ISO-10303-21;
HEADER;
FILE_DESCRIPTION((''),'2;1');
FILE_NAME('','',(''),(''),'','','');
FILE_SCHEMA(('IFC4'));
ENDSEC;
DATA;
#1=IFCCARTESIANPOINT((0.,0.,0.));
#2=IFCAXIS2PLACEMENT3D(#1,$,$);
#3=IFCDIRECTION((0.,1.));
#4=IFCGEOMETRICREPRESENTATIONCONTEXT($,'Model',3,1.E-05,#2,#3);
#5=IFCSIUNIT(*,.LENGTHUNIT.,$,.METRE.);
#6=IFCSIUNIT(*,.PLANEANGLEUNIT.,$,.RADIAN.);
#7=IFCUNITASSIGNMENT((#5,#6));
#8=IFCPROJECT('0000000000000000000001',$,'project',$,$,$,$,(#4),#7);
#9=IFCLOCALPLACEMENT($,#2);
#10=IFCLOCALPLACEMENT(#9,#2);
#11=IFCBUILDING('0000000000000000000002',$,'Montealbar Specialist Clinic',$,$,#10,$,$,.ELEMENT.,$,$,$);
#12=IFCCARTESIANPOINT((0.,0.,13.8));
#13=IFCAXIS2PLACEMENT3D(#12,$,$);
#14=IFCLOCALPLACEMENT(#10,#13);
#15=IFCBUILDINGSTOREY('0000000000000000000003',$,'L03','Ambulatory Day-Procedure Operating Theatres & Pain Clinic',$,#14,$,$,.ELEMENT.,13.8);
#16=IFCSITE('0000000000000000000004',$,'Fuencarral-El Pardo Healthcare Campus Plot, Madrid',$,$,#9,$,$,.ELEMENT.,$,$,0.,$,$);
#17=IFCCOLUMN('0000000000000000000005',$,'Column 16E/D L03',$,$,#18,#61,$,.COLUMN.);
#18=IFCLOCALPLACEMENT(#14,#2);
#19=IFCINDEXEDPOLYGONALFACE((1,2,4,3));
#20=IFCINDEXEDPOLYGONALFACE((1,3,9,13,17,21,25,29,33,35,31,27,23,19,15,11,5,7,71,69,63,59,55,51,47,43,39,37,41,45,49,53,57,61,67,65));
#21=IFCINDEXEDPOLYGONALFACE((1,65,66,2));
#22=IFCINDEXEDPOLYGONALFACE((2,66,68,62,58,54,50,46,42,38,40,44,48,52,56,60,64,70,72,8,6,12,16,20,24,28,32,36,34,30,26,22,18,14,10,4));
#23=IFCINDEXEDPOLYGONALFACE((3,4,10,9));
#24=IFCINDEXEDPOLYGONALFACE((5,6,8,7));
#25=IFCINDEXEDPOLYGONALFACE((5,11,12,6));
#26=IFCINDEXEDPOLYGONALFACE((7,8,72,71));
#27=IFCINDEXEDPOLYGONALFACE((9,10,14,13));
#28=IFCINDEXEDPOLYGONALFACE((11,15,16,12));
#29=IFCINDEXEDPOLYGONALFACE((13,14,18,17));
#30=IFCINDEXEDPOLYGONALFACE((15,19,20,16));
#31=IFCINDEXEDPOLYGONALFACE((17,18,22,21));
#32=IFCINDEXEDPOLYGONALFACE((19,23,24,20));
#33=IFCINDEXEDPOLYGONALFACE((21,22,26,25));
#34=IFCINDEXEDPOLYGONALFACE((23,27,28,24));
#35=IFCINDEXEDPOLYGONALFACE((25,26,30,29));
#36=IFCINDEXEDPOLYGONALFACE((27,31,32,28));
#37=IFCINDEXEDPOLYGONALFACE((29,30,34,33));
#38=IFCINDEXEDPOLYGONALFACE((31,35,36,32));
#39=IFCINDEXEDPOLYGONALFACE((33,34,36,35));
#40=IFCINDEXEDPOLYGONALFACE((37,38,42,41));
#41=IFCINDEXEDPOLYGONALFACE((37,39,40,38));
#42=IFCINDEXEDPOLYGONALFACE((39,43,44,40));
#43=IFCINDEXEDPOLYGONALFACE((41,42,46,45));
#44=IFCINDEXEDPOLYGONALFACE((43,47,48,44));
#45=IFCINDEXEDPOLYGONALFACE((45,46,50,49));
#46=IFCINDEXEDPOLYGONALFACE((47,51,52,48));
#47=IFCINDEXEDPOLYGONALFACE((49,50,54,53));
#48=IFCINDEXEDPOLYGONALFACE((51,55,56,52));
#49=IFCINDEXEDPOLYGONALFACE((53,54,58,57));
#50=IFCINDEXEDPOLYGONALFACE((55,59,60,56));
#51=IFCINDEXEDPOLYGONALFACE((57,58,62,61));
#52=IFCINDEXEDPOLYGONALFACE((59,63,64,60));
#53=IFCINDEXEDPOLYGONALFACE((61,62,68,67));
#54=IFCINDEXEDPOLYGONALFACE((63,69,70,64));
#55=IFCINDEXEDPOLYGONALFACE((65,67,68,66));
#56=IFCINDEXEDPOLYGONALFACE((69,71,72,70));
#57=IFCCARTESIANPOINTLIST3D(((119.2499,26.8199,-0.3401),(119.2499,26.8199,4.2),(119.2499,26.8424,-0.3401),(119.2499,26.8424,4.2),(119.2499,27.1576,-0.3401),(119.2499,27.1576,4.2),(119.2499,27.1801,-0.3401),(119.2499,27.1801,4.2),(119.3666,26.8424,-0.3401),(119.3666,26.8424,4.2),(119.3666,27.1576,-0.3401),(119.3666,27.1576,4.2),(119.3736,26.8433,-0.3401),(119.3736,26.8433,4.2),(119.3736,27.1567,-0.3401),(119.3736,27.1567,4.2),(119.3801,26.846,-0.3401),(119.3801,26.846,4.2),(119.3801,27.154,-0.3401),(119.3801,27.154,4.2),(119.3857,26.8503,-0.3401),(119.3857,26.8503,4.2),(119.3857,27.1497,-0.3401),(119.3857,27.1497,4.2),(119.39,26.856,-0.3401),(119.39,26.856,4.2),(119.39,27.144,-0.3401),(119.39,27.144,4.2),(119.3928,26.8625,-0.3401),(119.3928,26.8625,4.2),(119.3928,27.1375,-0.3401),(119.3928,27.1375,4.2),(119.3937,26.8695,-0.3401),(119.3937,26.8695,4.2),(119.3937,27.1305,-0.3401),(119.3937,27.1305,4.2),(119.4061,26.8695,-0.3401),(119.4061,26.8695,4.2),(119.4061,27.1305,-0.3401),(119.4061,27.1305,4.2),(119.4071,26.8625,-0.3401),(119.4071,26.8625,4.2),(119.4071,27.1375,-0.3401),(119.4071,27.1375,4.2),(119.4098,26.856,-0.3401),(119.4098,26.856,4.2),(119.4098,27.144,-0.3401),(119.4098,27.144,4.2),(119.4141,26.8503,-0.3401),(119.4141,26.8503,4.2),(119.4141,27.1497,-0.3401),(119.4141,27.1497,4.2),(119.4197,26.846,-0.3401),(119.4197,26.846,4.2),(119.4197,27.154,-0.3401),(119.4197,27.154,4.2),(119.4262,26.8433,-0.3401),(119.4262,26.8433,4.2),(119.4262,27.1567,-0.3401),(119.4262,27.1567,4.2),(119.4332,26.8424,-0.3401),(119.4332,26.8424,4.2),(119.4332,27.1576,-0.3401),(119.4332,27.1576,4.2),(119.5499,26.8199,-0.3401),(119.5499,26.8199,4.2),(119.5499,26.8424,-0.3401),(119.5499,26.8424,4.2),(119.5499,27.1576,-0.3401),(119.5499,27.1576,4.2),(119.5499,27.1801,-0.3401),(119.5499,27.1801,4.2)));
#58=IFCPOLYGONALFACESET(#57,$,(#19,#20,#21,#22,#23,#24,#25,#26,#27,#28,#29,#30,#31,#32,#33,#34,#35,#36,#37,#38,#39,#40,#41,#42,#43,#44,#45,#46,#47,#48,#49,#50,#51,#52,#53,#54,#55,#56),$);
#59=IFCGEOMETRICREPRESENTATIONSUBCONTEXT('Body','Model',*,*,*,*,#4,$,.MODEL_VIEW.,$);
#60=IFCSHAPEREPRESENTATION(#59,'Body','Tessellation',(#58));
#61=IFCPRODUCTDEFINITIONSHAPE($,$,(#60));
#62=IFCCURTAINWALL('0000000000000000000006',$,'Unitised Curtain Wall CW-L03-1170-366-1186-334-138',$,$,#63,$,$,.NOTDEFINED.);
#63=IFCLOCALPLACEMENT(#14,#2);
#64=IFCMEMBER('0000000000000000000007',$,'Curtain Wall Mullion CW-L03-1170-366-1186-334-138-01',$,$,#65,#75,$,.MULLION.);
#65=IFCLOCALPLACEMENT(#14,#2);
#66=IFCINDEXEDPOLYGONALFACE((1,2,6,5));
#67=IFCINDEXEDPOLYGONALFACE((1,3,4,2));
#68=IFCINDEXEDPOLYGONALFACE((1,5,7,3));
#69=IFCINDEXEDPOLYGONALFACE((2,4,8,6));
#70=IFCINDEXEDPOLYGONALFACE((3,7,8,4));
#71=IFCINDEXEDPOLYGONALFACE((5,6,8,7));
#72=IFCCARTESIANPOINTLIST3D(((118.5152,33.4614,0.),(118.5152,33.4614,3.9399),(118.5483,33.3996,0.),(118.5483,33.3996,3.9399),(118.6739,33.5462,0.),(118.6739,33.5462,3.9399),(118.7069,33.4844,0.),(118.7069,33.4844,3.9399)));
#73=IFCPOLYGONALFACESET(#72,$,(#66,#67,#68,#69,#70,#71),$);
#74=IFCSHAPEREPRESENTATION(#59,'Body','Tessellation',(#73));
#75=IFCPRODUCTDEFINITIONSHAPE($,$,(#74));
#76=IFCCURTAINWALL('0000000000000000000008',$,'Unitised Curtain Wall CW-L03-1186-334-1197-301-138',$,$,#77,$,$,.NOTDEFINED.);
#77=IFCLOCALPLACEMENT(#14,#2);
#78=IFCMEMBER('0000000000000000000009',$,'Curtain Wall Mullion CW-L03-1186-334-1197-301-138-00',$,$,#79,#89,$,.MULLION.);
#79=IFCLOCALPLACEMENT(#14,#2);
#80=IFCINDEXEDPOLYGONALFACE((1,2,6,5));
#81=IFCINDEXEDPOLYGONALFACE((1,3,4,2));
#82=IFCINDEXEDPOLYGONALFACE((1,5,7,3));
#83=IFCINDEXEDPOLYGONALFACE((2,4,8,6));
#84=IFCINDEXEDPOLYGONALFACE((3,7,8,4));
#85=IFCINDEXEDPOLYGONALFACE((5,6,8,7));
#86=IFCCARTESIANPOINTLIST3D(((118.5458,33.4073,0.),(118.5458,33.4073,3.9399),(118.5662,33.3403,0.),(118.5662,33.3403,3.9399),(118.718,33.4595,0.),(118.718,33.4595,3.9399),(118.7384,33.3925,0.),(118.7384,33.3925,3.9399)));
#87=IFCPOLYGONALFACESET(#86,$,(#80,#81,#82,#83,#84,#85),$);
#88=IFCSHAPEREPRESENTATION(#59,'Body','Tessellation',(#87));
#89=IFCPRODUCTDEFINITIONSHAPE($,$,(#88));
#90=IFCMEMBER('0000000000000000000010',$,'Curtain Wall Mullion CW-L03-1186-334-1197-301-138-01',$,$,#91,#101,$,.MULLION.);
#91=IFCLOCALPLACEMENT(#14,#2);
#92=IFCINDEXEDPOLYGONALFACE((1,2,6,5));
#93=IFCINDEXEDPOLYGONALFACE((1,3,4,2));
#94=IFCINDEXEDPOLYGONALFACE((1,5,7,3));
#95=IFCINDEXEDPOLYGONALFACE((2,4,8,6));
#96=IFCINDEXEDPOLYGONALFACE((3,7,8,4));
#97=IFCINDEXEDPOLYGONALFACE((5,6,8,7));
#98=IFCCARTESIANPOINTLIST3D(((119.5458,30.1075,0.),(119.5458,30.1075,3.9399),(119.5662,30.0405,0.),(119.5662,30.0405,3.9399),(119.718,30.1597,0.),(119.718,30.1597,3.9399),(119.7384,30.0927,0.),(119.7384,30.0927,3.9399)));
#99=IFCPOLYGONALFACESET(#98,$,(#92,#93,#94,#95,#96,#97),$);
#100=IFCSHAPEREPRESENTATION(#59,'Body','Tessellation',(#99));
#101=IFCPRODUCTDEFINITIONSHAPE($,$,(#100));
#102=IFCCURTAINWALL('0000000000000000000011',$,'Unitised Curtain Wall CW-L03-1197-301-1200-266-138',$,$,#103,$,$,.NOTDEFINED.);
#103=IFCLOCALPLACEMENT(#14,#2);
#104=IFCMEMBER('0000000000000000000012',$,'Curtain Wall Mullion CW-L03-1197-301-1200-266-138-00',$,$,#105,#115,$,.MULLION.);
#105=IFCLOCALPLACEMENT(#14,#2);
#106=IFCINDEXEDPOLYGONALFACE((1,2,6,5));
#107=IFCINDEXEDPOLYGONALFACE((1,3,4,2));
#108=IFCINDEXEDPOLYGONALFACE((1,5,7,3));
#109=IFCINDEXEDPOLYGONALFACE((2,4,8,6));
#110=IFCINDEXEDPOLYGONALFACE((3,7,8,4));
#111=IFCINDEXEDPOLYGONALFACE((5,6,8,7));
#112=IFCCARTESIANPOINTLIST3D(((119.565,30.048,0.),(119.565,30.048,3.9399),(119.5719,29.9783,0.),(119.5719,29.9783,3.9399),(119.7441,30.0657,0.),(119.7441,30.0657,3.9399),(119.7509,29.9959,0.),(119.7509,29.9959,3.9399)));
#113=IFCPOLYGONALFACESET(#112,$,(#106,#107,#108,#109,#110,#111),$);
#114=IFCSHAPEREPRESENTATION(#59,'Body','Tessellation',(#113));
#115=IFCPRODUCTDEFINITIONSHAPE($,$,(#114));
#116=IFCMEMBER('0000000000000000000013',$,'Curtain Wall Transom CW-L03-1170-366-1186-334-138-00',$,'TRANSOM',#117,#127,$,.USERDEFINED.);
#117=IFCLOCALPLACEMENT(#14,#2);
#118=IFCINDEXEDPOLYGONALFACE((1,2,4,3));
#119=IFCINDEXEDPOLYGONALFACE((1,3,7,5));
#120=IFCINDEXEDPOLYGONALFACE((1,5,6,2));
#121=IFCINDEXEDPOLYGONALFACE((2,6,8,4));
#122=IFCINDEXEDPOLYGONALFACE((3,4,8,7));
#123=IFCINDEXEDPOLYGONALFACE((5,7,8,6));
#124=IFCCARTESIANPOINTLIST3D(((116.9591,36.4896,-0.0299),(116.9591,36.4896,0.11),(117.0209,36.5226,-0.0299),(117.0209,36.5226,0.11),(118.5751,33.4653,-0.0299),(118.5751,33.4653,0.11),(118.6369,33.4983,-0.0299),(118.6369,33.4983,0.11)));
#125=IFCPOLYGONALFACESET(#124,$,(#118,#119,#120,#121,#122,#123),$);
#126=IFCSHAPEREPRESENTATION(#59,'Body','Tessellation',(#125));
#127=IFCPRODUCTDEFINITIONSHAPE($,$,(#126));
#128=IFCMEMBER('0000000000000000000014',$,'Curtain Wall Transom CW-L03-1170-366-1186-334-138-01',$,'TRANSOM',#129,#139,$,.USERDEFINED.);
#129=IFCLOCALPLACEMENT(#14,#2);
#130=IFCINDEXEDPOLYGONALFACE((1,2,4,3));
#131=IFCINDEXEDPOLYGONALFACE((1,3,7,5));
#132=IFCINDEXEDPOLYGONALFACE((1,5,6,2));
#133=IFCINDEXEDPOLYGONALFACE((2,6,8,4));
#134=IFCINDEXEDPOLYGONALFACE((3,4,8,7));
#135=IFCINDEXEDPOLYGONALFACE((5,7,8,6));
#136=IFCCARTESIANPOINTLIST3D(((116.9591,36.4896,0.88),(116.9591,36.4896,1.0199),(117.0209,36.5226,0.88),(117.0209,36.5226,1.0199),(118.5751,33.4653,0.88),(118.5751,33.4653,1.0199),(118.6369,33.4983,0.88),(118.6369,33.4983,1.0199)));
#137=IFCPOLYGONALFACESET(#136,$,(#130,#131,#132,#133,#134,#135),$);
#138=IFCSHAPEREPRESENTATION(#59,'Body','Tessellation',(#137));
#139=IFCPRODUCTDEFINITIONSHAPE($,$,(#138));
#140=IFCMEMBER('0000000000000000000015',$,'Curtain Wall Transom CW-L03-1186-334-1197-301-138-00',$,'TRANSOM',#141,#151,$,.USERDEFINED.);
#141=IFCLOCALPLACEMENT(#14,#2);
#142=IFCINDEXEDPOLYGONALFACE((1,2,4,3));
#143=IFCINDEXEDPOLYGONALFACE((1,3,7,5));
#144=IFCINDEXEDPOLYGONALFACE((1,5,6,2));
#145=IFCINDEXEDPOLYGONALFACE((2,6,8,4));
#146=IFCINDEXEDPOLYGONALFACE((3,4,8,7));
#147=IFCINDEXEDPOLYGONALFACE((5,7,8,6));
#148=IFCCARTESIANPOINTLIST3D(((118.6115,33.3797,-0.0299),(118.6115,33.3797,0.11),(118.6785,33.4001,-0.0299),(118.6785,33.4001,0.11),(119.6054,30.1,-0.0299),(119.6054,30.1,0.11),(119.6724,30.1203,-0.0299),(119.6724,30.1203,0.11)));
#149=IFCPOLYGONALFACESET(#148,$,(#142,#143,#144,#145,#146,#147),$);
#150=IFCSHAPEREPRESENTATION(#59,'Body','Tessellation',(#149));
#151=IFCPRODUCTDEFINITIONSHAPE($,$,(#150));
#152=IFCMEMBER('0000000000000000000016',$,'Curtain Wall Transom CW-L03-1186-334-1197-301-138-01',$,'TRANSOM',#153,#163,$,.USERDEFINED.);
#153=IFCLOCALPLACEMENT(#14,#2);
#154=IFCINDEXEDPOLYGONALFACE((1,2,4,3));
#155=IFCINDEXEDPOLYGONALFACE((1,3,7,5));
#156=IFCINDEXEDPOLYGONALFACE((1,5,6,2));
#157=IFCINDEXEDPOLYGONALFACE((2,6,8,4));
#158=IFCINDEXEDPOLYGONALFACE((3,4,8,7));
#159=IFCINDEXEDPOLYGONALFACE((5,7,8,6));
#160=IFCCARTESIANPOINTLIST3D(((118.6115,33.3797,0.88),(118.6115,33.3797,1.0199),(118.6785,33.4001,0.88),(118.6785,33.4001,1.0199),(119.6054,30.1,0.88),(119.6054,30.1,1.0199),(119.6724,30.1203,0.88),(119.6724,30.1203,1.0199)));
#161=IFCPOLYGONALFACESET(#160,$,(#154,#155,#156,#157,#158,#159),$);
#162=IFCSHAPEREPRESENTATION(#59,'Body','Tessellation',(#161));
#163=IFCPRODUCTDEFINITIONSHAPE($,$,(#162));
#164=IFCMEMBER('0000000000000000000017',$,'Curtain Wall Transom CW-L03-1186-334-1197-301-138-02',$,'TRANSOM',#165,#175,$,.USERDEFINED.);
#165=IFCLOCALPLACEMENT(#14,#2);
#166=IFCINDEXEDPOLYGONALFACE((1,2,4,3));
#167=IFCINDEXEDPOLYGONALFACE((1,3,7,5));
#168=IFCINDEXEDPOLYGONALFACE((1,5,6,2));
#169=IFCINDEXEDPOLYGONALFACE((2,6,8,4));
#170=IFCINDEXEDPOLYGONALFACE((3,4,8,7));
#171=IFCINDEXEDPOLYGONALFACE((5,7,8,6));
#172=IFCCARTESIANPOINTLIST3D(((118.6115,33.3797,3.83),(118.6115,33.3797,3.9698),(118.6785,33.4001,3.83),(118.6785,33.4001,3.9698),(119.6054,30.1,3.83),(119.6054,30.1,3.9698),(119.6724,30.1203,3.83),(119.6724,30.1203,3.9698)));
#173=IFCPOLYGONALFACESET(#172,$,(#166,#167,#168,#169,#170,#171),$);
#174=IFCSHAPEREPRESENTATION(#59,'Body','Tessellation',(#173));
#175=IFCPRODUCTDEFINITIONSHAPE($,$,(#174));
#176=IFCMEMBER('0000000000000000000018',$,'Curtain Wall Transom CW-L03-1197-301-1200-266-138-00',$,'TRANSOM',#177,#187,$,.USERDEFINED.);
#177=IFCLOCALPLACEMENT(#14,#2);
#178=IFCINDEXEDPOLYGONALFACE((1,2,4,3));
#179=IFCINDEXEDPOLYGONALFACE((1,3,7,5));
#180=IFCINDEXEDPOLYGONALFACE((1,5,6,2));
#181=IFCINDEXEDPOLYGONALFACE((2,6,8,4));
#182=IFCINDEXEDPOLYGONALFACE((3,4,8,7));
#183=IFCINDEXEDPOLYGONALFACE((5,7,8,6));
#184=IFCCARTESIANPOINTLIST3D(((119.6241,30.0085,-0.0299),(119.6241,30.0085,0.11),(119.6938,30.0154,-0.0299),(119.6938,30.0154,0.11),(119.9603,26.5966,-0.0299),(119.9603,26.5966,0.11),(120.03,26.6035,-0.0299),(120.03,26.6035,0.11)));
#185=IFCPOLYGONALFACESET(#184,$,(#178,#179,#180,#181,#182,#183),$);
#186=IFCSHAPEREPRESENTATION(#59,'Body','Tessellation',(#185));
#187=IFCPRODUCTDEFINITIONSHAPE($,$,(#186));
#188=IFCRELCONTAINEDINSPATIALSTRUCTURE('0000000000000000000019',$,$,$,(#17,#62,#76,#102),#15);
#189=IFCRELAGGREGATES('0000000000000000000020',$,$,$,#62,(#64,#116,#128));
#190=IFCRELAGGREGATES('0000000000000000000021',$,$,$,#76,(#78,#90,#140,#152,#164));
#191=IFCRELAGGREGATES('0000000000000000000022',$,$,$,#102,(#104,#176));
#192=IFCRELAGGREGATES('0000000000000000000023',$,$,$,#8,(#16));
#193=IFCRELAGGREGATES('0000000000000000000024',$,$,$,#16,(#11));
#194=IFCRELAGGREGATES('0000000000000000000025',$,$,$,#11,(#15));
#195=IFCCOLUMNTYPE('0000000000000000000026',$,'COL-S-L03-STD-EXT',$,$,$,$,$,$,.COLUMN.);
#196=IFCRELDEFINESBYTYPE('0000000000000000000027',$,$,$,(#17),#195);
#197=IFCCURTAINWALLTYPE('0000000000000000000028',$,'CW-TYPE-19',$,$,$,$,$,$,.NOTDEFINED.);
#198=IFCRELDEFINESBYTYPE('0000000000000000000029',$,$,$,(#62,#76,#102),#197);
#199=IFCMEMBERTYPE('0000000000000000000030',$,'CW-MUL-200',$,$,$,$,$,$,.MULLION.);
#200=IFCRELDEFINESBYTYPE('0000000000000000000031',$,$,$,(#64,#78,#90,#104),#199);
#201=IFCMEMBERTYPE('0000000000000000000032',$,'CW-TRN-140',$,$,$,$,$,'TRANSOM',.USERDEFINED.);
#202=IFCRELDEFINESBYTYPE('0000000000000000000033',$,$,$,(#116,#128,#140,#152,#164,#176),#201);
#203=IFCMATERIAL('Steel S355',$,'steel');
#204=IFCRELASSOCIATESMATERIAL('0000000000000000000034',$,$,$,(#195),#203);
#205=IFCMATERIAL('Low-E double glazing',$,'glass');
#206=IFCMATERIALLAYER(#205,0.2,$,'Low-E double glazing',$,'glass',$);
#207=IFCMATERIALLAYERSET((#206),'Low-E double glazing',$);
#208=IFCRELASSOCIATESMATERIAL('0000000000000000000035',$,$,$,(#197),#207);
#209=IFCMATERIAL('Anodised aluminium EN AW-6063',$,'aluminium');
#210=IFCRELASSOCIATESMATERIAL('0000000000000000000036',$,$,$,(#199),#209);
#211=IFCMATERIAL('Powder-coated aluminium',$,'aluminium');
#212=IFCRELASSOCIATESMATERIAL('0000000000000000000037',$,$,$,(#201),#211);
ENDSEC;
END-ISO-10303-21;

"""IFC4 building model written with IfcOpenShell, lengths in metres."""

from ifc_helpers import new_model, si_unit, direction, frame, origin, origin_2d, place, context, subcontext, project, spatial, rectangle, i_section, extrude, material, layer, layer_set, material_profile, profile_set, type_object, element, aggregate, save


model = new_model("IFC4")

# Units and contexts
model_context = context("Model", 3, precision=1e-05, world=origin(), true_north=direction((0.0, 1.0)))
body_context = subcontext(model_context, "Body", "Model", "MODEL_VIEW")
ifc_project = project(units=[si_unit("LENGTHUNIT", "METRE"), si_unit("PLANEANGLEUNIT", "RADIAN")], contexts=[model_context])

# Site, building, storey
site_placement = place(None, origin())
site = spatial("IfcSite", under=ifc_project, at=site_placement, Name="Fuencarral-El Pardo Healthcare Campus Plot, Madrid", CompositionType="ELEMENT", RefElevation=0.0)
building_placement = place(site_placement, origin())
building = spatial("IfcBuilding", under=site, at=building_placement, Name="Montealbar Specialist Clinic", CompositionType="ELEMENT")
storey_placement = place(building_placement, frame((0.0, 0.0, 13.8)))
storey = spatial("IfcBuildingStorey", under=building, at=storey_placement, Name="L03", Description="Ambulatory Day-Procedure Operating Theatres & Pain Clinic", CompositionType="ELEMENT", Elevation=13.8)

# Column
ifc_material_1 = material(Name="Steel S355", Category="steel")
ifc_material_profile_1 = material_profile(ifc_material_1, i_section(OverallWidth=0.3, OverallDepth=0.3601, WebThickness=0.0125, FlangeThickness=0.0225, FilletRadius=0.0271, at=origin_2d()), Name="HEB 360", Category="steel")
ifc_profile_set_1 = profile_set([ifc_material_profile_1], Name="Steel S355")
column_type = type_object("IfcColumnType", Name="COL-S-L03-STD-EXT", PredefinedType="COLUMN", material=ifc_profile_set_1)
column_placement = place(storey_placement, frame((119.3999, 27.0, -0.3401), z_axis=(0.0, 0.0, 1.0), x_axis=(1.0, 0.0, 0.0)))
element("IfcColumn", 1, at=column_placement, inside=storey, type_object=column_type, Name="Column 16E/D L03", PredefinedType="COLUMN", context=body_context, shape_type="SweptSolid", body=[
    extrude(i_section(OverallWidth=0.3, OverallDepth=0.3601, WebThickness=0.0125, FlangeThickness=0.0225, FilletRadius=0.0271, at=origin_2d()), origin(), (0.0, 0.0, 1.0), 4.54),
])

# Curtain wall, member
ifc_material_2 = material(Name="Low-E double glazing", Category="glass")
ifc_layer_1 = layer(ifc_material_2, 0.2, Name="Low-E double glazing", Category="glass")
ifc_layer_set_1 = layer_set([ifc_layer_1], Name="Low-E double glazing")
curtain_wall_type = type_object("IfcCurtainWallType", Name="CW-TYPE-19", PredefinedType="NOTDEFINED", material=ifc_layer_set_1)
curtain_wall_1_placement = place(storey_placement, origin())
curtain_wall_1 = element("IfcCurtainWall", 2, at=curtain_wall_1_placement, inside=storey, type_object=curtain_wall_type, Name="Unitised Curtain Wall CW-L03-1170-366-1186-334-138", PredefinedType="NOTDEFINED")
ifc_material_3 = material(Name="Anodised aluminium EN AW-6063", Category="aluminium")
ifc_material_profile_2 = material_profile(ifc_material_3, rectangle(XDim=0.0701, YDim=0.1799, at=origin_2d()), Name="ALU 70x180", Category="aluminium")
ifc_profile_set_2 = profile_set([ifc_material_profile_2], Name="Anodised aluminium EN AW-6063")
member_type_1 = type_object("IfcMemberType", Name="CW-MUL-200", PredefinedType="MULLION", material=ifc_profile_set_2)
member_1_placement = place(storey_placement, frame((118.6111, 33.4729, 0.0), z_axis=(0.0, 0.0, 1.0), x_axis=(0.471529, -0.88185, 0.0)))
member_1 = element("IfcMember", 3, at=member_1_placement, type_object=member_type_1, Name="Curtain Wall Mullion CW-L03-1170-366-1186-334-138-01", PredefinedType="MULLION", context=body_context, shape_type="SweptSolid", body=[
    extrude(rectangle(XDim=0.0701, YDim=0.1799, at=origin_2d()), origin(), (0.0, 0.0, 1.0), 3.9399),
])

# Curtain wall, members
curtain_wall_2_placement = place(storey_placement, origin())
curtain_wall_2 = element("IfcCurtainWall", 4, at=curtain_wall_2_placement, inside=storey, type_object=curtain_wall_type, Name="Unitised Curtain Wall CW-L03-1186-334-1197-301-138", PredefinedType="NOTDEFINED")
member_2_placement = place(storey_placement, frame((118.6421, 33.3999, 0.0), z_axis=(0.0, 0.0, 1.0), x_axis=(0.290259, -0.956948, 0.0)))
member_2 = element("IfcMember", 5, at=member_2_placement, type_object=member_type_1, Name="Curtain Wall Mullion CW-L03-1186-334-1197-301-138-00", PredefinedType="MULLION", context=body_context, shape_type="SweptSolid", body=[
    extrude(rectangle(XDim=0.0701, YDim=0.1799, at=origin_2d()), origin(), (0.0, 0.0, 1.0), 3.9399),
])
member_3_placement = place(storey_placement, frame((119.6421, 30.1001, 0.0), z_axis=(0.0, 0.0, 1.0), x_axis=(0.290259, -0.956948, 0.0)))
member_3 = element("IfcMember", 6, at=member_3_placement, type_object=member_type_1, Name="Curtain Wall Mullion CW-L03-1186-334-1197-301-138-01", PredefinedType="MULLION", context=body_context, shape_type="SweptSolid", body=[
    extrude(rectangle(XDim=0.0701, YDim=0.1799, at=origin_2d()), origin(), (0.0, 0.0, 1.0), 3.9399),
])

# Curtain wall, member
curtain_wall_3_placement = place(storey_placement, origin())
curtain_wall_3 = element("IfcCurtainWall", 7, at=curtain_wall_3_placement, inside=storey, type_object=curtain_wall_type, Name="Unitised Curtain Wall CW-L03-1197-301-1200-266-138", PredefinedType="NOTDEFINED")
member_4_placement = place(storey_placement, frame((119.658, 30.022, 0.0), z_axis=(0.0, 0.0, 1.0), x_axis=(0.098045, -0.995182, 0.0)))
member_4 = element("IfcMember", 8, at=member_4_placement, type_object=member_type_1, Name="Curtain Wall Mullion CW-L03-1197-301-1200-266-138-00", PredefinedType="MULLION", context=body_context, shape_type="SweptSolid", body=[
    extrude(rectangle(XDim=0.0701, YDim=0.1799, at=origin_2d()), origin(), (0.0, 0.0, 1.0), 3.9399),
])

# Members
ifc_material_4 = material(Name="Powder-coated aluminium", Category="aluminium")
ifc_material_profile_3 = material_profile(ifc_material_4, rectangle(XDim=0.0701, YDim=0.1399, at=origin_2d()), Name="ALU 70x140", Category="aluminium")
ifc_profile_set_3 = profile_set([ifc_material_profile_3], Name="Powder-coated aluminium")
member_type_2 = type_object("IfcMemberType", Name="CW-TRN-140", ElementType="TRANSOM", PredefinedType="USERDEFINED", material=ifc_profile_set_3)
member_5_placement = place(storey_placement, frame((116.99, 36.5061, 0.04), z_axis=(0.471287, -0.88198, 0.0), x_axis=(0.88198, 0.471287, 0.0)))
member_5 = element("IfcMember", 9, at=member_5_placement, type_object=member_type_2, Name="Curtain Wall Transom CW-L03-1170-366-1186-334-138-00", ObjectType="TRANSOM", PredefinedType="USERDEFINED", context=body_context, shape_type="SweptSolid", body=[
    extrude(rectangle(XDim=0.0701, YDim=0.1399, at=origin_2d()), origin(), (0.0, 0.0, 1.0), 3.429),
])
member_6_placement = place(storey_placement, frame((116.99, 36.5061, 0.95), z_axis=(0.471287, -0.88198, 0.0), x_axis=(0.88198, 0.471287, 0.0)))
member_6 = element("IfcMember", 10, at=member_6_placement, type_object=member_type_2, Name="Curtain Wall Transom CW-L03-1170-366-1186-334-138-01", ObjectType="TRANSOM", PredefinedType="USERDEFINED", context=body_context, shape_type="SweptSolid", body=[
    extrude(rectangle(XDim=0.0701, YDim=0.1399, at=origin_2d()), origin(), (0.0, 0.0, 1.0), 3.429),
])
member_7_placement = place(storey_placement, frame((118.645, 33.3899, 0.04), z_axis=(0.290013, -0.957023, 0.0), x_axis=(0.957023, 0.290013, 0.0)))
member_7 = element("IfcMember", 11, at=member_7_placement, type_object=member_type_2, Name="Curtain Wall Transom CW-L03-1186-334-1197-301-138-00", ObjectType="TRANSOM", PredefinedType="USERDEFINED", context=body_context, shape_type="SweptSolid", body=[
    extrude(rectangle(XDim=0.0701, YDim=0.1399, at=origin_2d()), origin(), (0.0, 0.0, 1.0), 3.427),
])
member_8_placement = place(storey_placement, frame((118.645, 33.3899, 0.95), z_axis=(0.290013, -0.957023, 0.0), x_axis=(0.957023, 0.290013, 0.0)))
member_8 = element("IfcMember", 12, at=member_8_placement, type_object=member_type_2, Name="Curtain Wall Transom CW-L03-1186-334-1197-301-138-01", ObjectType="TRANSOM", PredefinedType="USERDEFINED", context=body_context, shape_type="SweptSolid", body=[
    extrude(rectangle(XDim=0.0701, YDim=0.1399, at=origin_2d()), origin(), (0.0, 0.0, 1.0), 3.427),
])
member_9_placement = place(storey_placement, frame((118.645, 33.3899, 3.8999), z_axis=(0.290013, -0.957023, 0.0), x_axis=(0.957023, 0.290013, 0.0)))
member_9 = element("IfcMember", 13, at=member_9_placement, type_object=member_type_2, Name="Curtain Wall Transom CW-L03-1186-334-1197-301-138-02", ObjectType="TRANSOM", PredefinedType="USERDEFINED", context=body_context, shape_type="SweptSolid", body=[
    extrude(rectangle(XDim=0.0701, YDim=0.1399, at=origin_2d()), origin(), (0.0, 0.0, 1.0), 3.427),
])
member_10_placement = place(storey_placement, frame((119.6589, 30.012, 0.04), z_axis=(0.098058, -0.995181, 0.0), x_axis=(0.995181, 0.098058, 0.0)))
member_10 = element("IfcMember", 14, at=member_10_placement, type_object=member_type_2, Name="Curtain Wall Transom CW-L03-1197-301-1200-266-138-00", ObjectType="TRANSOM", PredefinedType="USERDEFINED", context=body_context, shape_type="SweptSolid", body=[
    extrude(rectangle(XDim=0.0701, YDim=0.1399, at=origin_2d()), origin(), (0.0, 0.0, 1.0), 3.4285),
])

aggregate(curtain_wall_1, [member_1, member_5, member_6])
aggregate(curtain_wall_2, [member_2, member_3, member_7, member_8, member_9])
aggregate(curtain_wall_3, [member_4, member_10])

save(model, "model.ifc")
